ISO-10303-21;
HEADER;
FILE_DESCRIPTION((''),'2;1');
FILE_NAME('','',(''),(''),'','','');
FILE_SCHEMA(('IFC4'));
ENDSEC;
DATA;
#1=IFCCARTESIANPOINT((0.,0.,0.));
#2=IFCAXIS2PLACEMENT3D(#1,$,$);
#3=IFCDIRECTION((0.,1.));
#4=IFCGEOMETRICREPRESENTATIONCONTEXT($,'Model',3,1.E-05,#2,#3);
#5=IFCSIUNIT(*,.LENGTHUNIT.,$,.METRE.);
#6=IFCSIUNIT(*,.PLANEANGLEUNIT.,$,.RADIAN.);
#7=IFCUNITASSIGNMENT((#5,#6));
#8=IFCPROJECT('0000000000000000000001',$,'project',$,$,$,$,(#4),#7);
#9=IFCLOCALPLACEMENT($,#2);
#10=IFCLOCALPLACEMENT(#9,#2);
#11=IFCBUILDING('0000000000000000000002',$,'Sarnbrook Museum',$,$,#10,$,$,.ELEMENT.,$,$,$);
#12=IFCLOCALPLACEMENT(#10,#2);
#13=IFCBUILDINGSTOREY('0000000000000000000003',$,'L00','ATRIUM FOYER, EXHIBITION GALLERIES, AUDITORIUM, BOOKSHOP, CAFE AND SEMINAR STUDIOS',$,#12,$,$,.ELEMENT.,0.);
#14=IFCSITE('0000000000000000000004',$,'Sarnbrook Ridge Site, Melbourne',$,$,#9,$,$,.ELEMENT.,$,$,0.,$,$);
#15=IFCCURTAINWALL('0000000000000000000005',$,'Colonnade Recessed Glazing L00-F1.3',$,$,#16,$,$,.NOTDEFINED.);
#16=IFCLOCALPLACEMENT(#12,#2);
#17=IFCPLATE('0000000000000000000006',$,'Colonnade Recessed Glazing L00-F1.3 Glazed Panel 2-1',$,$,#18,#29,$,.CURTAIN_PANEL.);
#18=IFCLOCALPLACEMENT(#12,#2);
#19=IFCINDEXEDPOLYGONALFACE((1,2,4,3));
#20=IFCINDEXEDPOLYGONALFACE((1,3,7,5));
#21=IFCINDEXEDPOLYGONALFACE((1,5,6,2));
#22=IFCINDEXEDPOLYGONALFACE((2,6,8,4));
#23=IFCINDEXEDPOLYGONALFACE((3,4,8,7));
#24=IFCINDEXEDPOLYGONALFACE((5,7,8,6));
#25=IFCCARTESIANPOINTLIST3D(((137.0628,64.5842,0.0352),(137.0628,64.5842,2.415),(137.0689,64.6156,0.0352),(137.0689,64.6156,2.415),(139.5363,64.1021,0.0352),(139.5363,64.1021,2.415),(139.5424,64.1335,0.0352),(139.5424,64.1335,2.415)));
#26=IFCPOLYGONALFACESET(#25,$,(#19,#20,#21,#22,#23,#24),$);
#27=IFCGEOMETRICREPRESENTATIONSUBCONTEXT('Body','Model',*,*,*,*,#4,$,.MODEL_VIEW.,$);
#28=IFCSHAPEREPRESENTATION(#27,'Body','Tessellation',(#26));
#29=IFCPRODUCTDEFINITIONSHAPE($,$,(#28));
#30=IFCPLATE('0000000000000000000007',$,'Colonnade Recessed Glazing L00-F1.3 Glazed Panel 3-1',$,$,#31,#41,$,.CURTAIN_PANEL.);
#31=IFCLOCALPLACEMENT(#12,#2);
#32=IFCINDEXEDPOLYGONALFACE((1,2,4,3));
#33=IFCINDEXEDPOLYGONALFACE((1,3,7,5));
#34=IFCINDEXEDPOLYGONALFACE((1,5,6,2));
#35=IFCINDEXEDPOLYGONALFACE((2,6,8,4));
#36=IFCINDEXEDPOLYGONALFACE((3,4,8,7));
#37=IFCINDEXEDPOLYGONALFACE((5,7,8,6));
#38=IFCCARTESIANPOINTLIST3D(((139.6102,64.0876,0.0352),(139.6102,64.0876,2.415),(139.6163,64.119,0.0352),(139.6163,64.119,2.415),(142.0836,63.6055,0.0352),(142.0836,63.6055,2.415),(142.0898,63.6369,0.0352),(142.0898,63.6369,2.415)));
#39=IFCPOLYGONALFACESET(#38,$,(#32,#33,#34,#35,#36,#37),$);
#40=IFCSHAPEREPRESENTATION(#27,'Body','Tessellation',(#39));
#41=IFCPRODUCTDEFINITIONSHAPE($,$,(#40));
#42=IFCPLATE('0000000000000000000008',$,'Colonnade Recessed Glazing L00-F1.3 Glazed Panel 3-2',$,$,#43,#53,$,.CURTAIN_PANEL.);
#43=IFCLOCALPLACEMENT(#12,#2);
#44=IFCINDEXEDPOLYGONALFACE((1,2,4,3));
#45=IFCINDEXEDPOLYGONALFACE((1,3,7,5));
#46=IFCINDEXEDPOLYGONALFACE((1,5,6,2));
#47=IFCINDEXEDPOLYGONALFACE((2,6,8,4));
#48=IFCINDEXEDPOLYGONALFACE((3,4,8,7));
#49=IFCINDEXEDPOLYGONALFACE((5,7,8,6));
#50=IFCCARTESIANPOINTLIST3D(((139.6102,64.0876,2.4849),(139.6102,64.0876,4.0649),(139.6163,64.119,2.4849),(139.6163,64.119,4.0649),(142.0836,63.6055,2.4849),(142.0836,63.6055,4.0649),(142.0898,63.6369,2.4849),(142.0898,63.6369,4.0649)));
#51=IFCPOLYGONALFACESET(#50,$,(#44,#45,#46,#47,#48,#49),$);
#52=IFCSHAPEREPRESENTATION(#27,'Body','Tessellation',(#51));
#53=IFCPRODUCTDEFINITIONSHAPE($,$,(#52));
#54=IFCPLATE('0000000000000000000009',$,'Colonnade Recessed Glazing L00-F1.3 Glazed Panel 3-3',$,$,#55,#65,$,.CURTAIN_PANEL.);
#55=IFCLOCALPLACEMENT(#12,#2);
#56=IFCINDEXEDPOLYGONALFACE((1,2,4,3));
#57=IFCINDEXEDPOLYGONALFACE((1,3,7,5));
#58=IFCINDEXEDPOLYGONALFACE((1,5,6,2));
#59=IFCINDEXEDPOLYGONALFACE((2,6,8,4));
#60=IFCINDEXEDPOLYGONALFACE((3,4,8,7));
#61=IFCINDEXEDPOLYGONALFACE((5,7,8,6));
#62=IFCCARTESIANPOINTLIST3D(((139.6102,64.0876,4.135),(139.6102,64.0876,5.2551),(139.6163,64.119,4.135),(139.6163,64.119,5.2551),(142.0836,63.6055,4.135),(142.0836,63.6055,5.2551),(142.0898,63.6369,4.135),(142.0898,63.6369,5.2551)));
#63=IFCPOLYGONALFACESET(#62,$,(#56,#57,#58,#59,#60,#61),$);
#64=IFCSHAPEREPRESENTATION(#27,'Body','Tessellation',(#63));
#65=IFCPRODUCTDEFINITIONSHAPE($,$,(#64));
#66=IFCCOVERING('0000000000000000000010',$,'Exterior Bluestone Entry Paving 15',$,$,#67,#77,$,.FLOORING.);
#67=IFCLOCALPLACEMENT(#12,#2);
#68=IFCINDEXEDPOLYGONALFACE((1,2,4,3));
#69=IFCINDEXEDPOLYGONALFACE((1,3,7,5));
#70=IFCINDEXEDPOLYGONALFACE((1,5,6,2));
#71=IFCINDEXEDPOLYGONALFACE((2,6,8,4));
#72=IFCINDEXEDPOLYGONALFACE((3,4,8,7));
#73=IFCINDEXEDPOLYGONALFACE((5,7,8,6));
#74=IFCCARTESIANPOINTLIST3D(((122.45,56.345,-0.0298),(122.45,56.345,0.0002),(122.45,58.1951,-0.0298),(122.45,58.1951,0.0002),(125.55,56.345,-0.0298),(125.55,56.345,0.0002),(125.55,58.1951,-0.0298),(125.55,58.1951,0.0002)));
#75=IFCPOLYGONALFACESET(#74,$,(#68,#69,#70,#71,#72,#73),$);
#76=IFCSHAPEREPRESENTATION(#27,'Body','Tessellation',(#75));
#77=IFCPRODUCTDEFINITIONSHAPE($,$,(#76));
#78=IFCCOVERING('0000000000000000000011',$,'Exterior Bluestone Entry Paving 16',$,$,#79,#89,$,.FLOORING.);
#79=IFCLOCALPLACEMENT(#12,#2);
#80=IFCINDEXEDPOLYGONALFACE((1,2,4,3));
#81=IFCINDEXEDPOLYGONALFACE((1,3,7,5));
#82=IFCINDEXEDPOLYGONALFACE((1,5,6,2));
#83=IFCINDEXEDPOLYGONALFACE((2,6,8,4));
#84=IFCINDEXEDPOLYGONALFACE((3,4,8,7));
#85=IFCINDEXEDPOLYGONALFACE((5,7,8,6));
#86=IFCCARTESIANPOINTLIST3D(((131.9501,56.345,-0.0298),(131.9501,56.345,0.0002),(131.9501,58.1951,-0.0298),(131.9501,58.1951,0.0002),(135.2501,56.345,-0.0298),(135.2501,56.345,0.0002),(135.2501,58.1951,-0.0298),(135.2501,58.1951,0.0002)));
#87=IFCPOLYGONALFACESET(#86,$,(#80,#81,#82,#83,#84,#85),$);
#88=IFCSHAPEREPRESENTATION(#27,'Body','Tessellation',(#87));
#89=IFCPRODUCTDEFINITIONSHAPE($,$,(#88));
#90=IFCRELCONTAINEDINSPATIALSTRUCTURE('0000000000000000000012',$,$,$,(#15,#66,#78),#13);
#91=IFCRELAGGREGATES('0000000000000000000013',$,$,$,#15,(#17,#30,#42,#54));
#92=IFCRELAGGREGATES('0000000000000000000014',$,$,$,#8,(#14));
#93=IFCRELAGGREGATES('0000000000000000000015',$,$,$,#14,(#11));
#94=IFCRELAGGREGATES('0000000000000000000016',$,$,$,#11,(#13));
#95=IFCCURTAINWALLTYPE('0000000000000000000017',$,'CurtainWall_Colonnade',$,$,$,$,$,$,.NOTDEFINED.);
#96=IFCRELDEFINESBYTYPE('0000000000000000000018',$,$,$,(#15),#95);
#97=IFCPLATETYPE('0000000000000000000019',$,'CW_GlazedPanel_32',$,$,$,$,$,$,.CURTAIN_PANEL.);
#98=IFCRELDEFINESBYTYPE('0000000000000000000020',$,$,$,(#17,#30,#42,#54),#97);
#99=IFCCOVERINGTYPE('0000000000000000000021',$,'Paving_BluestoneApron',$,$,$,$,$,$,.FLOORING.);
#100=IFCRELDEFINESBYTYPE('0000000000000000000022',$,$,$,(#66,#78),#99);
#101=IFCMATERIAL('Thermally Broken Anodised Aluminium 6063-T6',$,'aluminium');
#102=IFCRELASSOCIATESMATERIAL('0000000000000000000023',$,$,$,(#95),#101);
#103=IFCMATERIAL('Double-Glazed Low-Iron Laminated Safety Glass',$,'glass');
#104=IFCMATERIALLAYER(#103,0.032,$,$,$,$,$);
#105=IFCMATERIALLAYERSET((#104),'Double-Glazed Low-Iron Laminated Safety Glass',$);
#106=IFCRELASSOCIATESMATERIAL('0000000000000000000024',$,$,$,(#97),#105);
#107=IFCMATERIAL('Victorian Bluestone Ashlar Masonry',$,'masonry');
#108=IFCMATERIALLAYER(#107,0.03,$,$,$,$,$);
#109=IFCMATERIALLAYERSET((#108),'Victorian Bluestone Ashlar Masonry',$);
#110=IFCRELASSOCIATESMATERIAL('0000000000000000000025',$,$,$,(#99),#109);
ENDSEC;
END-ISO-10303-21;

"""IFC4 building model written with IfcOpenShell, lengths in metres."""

from ifc_helpers import new_model, si_unit, direction, frame, origin, origin_2d, place, context, subcontext, project, spatial, rectangle, extrude, material, layer, layer_set, type_object, element, aggregate, save


model = new_model("IFC4")

# Units and contexts
model_context = context("Model", 3, precision=1e-05, world=origin(), true_north=direction((0.0, 1.0)))
body_context = subcontext(model_context, "Body", "Model", "MODEL_VIEW")
ifc_project = project(units=[si_unit("LENGTHUNIT", "METRE"), si_unit("PLANEANGLEUNIT", "RADIAN")], contexts=[model_context])

# Site, building, storey
site_placement = place(None, origin())
site = spatial("IfcSite", under=ifc_project, at=site_placement, Name="Sarnbrook Ridge Site, Melbourne", CompositionType="ELEMENT", RefElevation=0.0)
building_placement = place(site_placement, origin())
building = spatial("IfcBuilding", under=site, at=building_placement, Name="Sarnbrook Museum", CompositionType="ELEMENT")
storey_placement = place(building_placement, origin())
storey = spatial("IfcBuildingStorey", under=building, at=storey_placement, Name="L00", Description="ATRIUM FOYER, EXHIBITION GALLERIES, AUDITORIUM, BOOKSHOP, CAFE AND SEMINAR STUDIOS", CompositionType="ELEMENT", Elevation=0.0)

# Curtain wall
ifc_material_1 = material(Name="Thermally Broken Anodised Aluminium 6063-T6", Category="aluminium")
curtain_wall_type = type_object("IfcCurtainWallType", Name="CurtainWall_Colonnade", PredefinedType="NOTDEFINED", material=ifc_material_1)
curtain_wall_placement = place(storey_placement, origin())
curtain_wall = element("IfcCurtainWall", 1, at=curtain_wall_placement, inside=storey, type_object=curtain_wall_type, Name="Colonnade Recessed Glazing L00-F1.3", PredefinedType="NOTDEFINED")

# Plates
ifc_material_2 = material(Name="Double-Glazed Low-Iron Laminated Safety Glass", Category="glass")
ifc_layer_1 = layer(ifc_material_2, 0.032)
ifc_layer_set_1 = layer_set([ifc_layer_1], Name="Double-Glazed Low-Iron Laminated Safety Glass")
plate_type = type_object("IfcPlateType", Name="CW_GlazedPanel_32", PredefinedType="CURTAIN_PANEL", material=ifc_layer_set_1)
plate_1_placement = place(storey_placement, frame((138.3057, 64.3745, 1.2251), z_axis=(-0.191314, -0.981529, 0.0), x_axis=(0.981529, -0.191314, 0.0)))
plate_1 = element("IfcPlate", 2, at=plate_1_placement, type_object=plate_type, Name="Colonnade Recessed Glazing L00-F1.3 Glazed Panel 2-1", PredefinedType="CURTAIN_PANEL", context=body_context, shape_type="SweptSolid", body=[
    extrude(rectangle(XDim=2.52, YDim=2.3799, at=origin_2d()), origin(), (0.0, 0.0, 1.0), 0.032),
])
plate_2_placement = place(storey_placement, frame((140.853, 63.8779, 1.2251), z_axis=(-0.191314, -0.981529, 0.0), x_axis=(0.981529, -0.191314, 0.0)))
plate_2 = element("IfcPlate", 3, at=plate_2_placement, type_object=plate_type, Name="Colonnade Recessed Glazing L00-F1.3 Glazed Panel 3-1", PredefinedType="CURTAIN_PANEL", context=body_context, shape_type="SweptSolid", body=[
    extrude(rectangle(XDim=2.52, YDim=2.3799, at=origin_2d()), origin(), (0.0, 0.0, 1.0), 0.032),
])
plate_3_placement = place(storey_placement, frame((140.853, 63.8779, 3.2749), z_axis=(-0.191314, -0.981529, 0.0), x_axis=(0.981529, -0.191314, 0.0)))
plate_3 = element("IfcPlate", 4, at=plate_3_placement, type_object=plate_type, Name="Colonnade Recessed Glazing L00-F1.3 Glazed Panel 3-2", PredefinedType="CURTAIN_PANEL", context=body_context, shape_type="SweptSolid", body=[
    extrude(rectangle(XDim=2.52, YDim=1.5801, at=origin_2d()), origin(), (0.0, 0.0, 1.0), 0.032),
])
plate_4_placement = place(storey_placement, frame((140.853, 63.8779, 4.6951), z_axis=(-0.191314, -0.981529, 0.0), x_axis=(0.981529, -0.191314, 0.0)))
plate_4 = element("IfcPlate", 5, at=plate_4_placement, type_object=plate_type, Name="Colonnade Recessed Glazing L00-F1.3 Glazed Panel 3-3", PredefinedType="CURTAIN_PANEL", context=body_context, shape_type="SweptSolid", body=[
    extrude(rectangle(XDim=2.52, YDim=1.1201, at=origin_2d()), origin(), (0.0, 0.0, 1.0), 0.032),
])
aggregate(curtain_wall, [plate_1, plate_2, plate_3, plate_4])

# Coverings
ifc_material_3 = material(Name="Victorian Bluestone Ashlar Masonry", Category="masonry")
ifc_layer_2 = layer(ifc_material_3, 0.03)
ifc_layer_set_2 = layer_set([ifc_layer_2], Name="Victorian Bluestone Ashlar Masonry")
covering_type = type_object("IfcCoveringType", Name="Paving_BluestoneApron", PredefinedType="FLOORING", material=ifc_layer_set_2)
covering_1_placement = place(storey_placement, frame((124.0, 57.27, -0.0298), z_axis=(0.0, 0.0, 1.0), x_axis=(1.0, 0.0, 0.0)))
element("IfcCovering", 6, at=covering_1_placement, inside=storey, type_object=covering_type, Name="Exterior Bluestone Entry Paving 15", PredefinedType="FLOORING", context=body_context, shape_type="SweptSolid", body=[
    extrude(rectangle(XDim=3.1001, YDim=1.8501, at=origin_2d()), origin(), (0.0, 0.0, 1.0), 0.03),
])
covering_2_placement = place(storey_placement, frame((133.6001, 57.27, -0.0298), z_axis=(0.0, 0.0, 1.0), x_axis=(1.0, 0.0, 0.0)))
element("IfcCovering", 7, at=covering_2_placement, inside=storey, type_object=covering_type, Name="Exterior Bluestone Entry Paving 16", PredefinedType="FLOORING", context=body_context, shape_type="SweptSolid", body=[
    extrude(rectangle(XDim=3.3, YDim=1.8501, at=origin_2d()), origin(), (0.0, 0.0, 1.0), 0.03),
])

save(model, "model.ifc")
